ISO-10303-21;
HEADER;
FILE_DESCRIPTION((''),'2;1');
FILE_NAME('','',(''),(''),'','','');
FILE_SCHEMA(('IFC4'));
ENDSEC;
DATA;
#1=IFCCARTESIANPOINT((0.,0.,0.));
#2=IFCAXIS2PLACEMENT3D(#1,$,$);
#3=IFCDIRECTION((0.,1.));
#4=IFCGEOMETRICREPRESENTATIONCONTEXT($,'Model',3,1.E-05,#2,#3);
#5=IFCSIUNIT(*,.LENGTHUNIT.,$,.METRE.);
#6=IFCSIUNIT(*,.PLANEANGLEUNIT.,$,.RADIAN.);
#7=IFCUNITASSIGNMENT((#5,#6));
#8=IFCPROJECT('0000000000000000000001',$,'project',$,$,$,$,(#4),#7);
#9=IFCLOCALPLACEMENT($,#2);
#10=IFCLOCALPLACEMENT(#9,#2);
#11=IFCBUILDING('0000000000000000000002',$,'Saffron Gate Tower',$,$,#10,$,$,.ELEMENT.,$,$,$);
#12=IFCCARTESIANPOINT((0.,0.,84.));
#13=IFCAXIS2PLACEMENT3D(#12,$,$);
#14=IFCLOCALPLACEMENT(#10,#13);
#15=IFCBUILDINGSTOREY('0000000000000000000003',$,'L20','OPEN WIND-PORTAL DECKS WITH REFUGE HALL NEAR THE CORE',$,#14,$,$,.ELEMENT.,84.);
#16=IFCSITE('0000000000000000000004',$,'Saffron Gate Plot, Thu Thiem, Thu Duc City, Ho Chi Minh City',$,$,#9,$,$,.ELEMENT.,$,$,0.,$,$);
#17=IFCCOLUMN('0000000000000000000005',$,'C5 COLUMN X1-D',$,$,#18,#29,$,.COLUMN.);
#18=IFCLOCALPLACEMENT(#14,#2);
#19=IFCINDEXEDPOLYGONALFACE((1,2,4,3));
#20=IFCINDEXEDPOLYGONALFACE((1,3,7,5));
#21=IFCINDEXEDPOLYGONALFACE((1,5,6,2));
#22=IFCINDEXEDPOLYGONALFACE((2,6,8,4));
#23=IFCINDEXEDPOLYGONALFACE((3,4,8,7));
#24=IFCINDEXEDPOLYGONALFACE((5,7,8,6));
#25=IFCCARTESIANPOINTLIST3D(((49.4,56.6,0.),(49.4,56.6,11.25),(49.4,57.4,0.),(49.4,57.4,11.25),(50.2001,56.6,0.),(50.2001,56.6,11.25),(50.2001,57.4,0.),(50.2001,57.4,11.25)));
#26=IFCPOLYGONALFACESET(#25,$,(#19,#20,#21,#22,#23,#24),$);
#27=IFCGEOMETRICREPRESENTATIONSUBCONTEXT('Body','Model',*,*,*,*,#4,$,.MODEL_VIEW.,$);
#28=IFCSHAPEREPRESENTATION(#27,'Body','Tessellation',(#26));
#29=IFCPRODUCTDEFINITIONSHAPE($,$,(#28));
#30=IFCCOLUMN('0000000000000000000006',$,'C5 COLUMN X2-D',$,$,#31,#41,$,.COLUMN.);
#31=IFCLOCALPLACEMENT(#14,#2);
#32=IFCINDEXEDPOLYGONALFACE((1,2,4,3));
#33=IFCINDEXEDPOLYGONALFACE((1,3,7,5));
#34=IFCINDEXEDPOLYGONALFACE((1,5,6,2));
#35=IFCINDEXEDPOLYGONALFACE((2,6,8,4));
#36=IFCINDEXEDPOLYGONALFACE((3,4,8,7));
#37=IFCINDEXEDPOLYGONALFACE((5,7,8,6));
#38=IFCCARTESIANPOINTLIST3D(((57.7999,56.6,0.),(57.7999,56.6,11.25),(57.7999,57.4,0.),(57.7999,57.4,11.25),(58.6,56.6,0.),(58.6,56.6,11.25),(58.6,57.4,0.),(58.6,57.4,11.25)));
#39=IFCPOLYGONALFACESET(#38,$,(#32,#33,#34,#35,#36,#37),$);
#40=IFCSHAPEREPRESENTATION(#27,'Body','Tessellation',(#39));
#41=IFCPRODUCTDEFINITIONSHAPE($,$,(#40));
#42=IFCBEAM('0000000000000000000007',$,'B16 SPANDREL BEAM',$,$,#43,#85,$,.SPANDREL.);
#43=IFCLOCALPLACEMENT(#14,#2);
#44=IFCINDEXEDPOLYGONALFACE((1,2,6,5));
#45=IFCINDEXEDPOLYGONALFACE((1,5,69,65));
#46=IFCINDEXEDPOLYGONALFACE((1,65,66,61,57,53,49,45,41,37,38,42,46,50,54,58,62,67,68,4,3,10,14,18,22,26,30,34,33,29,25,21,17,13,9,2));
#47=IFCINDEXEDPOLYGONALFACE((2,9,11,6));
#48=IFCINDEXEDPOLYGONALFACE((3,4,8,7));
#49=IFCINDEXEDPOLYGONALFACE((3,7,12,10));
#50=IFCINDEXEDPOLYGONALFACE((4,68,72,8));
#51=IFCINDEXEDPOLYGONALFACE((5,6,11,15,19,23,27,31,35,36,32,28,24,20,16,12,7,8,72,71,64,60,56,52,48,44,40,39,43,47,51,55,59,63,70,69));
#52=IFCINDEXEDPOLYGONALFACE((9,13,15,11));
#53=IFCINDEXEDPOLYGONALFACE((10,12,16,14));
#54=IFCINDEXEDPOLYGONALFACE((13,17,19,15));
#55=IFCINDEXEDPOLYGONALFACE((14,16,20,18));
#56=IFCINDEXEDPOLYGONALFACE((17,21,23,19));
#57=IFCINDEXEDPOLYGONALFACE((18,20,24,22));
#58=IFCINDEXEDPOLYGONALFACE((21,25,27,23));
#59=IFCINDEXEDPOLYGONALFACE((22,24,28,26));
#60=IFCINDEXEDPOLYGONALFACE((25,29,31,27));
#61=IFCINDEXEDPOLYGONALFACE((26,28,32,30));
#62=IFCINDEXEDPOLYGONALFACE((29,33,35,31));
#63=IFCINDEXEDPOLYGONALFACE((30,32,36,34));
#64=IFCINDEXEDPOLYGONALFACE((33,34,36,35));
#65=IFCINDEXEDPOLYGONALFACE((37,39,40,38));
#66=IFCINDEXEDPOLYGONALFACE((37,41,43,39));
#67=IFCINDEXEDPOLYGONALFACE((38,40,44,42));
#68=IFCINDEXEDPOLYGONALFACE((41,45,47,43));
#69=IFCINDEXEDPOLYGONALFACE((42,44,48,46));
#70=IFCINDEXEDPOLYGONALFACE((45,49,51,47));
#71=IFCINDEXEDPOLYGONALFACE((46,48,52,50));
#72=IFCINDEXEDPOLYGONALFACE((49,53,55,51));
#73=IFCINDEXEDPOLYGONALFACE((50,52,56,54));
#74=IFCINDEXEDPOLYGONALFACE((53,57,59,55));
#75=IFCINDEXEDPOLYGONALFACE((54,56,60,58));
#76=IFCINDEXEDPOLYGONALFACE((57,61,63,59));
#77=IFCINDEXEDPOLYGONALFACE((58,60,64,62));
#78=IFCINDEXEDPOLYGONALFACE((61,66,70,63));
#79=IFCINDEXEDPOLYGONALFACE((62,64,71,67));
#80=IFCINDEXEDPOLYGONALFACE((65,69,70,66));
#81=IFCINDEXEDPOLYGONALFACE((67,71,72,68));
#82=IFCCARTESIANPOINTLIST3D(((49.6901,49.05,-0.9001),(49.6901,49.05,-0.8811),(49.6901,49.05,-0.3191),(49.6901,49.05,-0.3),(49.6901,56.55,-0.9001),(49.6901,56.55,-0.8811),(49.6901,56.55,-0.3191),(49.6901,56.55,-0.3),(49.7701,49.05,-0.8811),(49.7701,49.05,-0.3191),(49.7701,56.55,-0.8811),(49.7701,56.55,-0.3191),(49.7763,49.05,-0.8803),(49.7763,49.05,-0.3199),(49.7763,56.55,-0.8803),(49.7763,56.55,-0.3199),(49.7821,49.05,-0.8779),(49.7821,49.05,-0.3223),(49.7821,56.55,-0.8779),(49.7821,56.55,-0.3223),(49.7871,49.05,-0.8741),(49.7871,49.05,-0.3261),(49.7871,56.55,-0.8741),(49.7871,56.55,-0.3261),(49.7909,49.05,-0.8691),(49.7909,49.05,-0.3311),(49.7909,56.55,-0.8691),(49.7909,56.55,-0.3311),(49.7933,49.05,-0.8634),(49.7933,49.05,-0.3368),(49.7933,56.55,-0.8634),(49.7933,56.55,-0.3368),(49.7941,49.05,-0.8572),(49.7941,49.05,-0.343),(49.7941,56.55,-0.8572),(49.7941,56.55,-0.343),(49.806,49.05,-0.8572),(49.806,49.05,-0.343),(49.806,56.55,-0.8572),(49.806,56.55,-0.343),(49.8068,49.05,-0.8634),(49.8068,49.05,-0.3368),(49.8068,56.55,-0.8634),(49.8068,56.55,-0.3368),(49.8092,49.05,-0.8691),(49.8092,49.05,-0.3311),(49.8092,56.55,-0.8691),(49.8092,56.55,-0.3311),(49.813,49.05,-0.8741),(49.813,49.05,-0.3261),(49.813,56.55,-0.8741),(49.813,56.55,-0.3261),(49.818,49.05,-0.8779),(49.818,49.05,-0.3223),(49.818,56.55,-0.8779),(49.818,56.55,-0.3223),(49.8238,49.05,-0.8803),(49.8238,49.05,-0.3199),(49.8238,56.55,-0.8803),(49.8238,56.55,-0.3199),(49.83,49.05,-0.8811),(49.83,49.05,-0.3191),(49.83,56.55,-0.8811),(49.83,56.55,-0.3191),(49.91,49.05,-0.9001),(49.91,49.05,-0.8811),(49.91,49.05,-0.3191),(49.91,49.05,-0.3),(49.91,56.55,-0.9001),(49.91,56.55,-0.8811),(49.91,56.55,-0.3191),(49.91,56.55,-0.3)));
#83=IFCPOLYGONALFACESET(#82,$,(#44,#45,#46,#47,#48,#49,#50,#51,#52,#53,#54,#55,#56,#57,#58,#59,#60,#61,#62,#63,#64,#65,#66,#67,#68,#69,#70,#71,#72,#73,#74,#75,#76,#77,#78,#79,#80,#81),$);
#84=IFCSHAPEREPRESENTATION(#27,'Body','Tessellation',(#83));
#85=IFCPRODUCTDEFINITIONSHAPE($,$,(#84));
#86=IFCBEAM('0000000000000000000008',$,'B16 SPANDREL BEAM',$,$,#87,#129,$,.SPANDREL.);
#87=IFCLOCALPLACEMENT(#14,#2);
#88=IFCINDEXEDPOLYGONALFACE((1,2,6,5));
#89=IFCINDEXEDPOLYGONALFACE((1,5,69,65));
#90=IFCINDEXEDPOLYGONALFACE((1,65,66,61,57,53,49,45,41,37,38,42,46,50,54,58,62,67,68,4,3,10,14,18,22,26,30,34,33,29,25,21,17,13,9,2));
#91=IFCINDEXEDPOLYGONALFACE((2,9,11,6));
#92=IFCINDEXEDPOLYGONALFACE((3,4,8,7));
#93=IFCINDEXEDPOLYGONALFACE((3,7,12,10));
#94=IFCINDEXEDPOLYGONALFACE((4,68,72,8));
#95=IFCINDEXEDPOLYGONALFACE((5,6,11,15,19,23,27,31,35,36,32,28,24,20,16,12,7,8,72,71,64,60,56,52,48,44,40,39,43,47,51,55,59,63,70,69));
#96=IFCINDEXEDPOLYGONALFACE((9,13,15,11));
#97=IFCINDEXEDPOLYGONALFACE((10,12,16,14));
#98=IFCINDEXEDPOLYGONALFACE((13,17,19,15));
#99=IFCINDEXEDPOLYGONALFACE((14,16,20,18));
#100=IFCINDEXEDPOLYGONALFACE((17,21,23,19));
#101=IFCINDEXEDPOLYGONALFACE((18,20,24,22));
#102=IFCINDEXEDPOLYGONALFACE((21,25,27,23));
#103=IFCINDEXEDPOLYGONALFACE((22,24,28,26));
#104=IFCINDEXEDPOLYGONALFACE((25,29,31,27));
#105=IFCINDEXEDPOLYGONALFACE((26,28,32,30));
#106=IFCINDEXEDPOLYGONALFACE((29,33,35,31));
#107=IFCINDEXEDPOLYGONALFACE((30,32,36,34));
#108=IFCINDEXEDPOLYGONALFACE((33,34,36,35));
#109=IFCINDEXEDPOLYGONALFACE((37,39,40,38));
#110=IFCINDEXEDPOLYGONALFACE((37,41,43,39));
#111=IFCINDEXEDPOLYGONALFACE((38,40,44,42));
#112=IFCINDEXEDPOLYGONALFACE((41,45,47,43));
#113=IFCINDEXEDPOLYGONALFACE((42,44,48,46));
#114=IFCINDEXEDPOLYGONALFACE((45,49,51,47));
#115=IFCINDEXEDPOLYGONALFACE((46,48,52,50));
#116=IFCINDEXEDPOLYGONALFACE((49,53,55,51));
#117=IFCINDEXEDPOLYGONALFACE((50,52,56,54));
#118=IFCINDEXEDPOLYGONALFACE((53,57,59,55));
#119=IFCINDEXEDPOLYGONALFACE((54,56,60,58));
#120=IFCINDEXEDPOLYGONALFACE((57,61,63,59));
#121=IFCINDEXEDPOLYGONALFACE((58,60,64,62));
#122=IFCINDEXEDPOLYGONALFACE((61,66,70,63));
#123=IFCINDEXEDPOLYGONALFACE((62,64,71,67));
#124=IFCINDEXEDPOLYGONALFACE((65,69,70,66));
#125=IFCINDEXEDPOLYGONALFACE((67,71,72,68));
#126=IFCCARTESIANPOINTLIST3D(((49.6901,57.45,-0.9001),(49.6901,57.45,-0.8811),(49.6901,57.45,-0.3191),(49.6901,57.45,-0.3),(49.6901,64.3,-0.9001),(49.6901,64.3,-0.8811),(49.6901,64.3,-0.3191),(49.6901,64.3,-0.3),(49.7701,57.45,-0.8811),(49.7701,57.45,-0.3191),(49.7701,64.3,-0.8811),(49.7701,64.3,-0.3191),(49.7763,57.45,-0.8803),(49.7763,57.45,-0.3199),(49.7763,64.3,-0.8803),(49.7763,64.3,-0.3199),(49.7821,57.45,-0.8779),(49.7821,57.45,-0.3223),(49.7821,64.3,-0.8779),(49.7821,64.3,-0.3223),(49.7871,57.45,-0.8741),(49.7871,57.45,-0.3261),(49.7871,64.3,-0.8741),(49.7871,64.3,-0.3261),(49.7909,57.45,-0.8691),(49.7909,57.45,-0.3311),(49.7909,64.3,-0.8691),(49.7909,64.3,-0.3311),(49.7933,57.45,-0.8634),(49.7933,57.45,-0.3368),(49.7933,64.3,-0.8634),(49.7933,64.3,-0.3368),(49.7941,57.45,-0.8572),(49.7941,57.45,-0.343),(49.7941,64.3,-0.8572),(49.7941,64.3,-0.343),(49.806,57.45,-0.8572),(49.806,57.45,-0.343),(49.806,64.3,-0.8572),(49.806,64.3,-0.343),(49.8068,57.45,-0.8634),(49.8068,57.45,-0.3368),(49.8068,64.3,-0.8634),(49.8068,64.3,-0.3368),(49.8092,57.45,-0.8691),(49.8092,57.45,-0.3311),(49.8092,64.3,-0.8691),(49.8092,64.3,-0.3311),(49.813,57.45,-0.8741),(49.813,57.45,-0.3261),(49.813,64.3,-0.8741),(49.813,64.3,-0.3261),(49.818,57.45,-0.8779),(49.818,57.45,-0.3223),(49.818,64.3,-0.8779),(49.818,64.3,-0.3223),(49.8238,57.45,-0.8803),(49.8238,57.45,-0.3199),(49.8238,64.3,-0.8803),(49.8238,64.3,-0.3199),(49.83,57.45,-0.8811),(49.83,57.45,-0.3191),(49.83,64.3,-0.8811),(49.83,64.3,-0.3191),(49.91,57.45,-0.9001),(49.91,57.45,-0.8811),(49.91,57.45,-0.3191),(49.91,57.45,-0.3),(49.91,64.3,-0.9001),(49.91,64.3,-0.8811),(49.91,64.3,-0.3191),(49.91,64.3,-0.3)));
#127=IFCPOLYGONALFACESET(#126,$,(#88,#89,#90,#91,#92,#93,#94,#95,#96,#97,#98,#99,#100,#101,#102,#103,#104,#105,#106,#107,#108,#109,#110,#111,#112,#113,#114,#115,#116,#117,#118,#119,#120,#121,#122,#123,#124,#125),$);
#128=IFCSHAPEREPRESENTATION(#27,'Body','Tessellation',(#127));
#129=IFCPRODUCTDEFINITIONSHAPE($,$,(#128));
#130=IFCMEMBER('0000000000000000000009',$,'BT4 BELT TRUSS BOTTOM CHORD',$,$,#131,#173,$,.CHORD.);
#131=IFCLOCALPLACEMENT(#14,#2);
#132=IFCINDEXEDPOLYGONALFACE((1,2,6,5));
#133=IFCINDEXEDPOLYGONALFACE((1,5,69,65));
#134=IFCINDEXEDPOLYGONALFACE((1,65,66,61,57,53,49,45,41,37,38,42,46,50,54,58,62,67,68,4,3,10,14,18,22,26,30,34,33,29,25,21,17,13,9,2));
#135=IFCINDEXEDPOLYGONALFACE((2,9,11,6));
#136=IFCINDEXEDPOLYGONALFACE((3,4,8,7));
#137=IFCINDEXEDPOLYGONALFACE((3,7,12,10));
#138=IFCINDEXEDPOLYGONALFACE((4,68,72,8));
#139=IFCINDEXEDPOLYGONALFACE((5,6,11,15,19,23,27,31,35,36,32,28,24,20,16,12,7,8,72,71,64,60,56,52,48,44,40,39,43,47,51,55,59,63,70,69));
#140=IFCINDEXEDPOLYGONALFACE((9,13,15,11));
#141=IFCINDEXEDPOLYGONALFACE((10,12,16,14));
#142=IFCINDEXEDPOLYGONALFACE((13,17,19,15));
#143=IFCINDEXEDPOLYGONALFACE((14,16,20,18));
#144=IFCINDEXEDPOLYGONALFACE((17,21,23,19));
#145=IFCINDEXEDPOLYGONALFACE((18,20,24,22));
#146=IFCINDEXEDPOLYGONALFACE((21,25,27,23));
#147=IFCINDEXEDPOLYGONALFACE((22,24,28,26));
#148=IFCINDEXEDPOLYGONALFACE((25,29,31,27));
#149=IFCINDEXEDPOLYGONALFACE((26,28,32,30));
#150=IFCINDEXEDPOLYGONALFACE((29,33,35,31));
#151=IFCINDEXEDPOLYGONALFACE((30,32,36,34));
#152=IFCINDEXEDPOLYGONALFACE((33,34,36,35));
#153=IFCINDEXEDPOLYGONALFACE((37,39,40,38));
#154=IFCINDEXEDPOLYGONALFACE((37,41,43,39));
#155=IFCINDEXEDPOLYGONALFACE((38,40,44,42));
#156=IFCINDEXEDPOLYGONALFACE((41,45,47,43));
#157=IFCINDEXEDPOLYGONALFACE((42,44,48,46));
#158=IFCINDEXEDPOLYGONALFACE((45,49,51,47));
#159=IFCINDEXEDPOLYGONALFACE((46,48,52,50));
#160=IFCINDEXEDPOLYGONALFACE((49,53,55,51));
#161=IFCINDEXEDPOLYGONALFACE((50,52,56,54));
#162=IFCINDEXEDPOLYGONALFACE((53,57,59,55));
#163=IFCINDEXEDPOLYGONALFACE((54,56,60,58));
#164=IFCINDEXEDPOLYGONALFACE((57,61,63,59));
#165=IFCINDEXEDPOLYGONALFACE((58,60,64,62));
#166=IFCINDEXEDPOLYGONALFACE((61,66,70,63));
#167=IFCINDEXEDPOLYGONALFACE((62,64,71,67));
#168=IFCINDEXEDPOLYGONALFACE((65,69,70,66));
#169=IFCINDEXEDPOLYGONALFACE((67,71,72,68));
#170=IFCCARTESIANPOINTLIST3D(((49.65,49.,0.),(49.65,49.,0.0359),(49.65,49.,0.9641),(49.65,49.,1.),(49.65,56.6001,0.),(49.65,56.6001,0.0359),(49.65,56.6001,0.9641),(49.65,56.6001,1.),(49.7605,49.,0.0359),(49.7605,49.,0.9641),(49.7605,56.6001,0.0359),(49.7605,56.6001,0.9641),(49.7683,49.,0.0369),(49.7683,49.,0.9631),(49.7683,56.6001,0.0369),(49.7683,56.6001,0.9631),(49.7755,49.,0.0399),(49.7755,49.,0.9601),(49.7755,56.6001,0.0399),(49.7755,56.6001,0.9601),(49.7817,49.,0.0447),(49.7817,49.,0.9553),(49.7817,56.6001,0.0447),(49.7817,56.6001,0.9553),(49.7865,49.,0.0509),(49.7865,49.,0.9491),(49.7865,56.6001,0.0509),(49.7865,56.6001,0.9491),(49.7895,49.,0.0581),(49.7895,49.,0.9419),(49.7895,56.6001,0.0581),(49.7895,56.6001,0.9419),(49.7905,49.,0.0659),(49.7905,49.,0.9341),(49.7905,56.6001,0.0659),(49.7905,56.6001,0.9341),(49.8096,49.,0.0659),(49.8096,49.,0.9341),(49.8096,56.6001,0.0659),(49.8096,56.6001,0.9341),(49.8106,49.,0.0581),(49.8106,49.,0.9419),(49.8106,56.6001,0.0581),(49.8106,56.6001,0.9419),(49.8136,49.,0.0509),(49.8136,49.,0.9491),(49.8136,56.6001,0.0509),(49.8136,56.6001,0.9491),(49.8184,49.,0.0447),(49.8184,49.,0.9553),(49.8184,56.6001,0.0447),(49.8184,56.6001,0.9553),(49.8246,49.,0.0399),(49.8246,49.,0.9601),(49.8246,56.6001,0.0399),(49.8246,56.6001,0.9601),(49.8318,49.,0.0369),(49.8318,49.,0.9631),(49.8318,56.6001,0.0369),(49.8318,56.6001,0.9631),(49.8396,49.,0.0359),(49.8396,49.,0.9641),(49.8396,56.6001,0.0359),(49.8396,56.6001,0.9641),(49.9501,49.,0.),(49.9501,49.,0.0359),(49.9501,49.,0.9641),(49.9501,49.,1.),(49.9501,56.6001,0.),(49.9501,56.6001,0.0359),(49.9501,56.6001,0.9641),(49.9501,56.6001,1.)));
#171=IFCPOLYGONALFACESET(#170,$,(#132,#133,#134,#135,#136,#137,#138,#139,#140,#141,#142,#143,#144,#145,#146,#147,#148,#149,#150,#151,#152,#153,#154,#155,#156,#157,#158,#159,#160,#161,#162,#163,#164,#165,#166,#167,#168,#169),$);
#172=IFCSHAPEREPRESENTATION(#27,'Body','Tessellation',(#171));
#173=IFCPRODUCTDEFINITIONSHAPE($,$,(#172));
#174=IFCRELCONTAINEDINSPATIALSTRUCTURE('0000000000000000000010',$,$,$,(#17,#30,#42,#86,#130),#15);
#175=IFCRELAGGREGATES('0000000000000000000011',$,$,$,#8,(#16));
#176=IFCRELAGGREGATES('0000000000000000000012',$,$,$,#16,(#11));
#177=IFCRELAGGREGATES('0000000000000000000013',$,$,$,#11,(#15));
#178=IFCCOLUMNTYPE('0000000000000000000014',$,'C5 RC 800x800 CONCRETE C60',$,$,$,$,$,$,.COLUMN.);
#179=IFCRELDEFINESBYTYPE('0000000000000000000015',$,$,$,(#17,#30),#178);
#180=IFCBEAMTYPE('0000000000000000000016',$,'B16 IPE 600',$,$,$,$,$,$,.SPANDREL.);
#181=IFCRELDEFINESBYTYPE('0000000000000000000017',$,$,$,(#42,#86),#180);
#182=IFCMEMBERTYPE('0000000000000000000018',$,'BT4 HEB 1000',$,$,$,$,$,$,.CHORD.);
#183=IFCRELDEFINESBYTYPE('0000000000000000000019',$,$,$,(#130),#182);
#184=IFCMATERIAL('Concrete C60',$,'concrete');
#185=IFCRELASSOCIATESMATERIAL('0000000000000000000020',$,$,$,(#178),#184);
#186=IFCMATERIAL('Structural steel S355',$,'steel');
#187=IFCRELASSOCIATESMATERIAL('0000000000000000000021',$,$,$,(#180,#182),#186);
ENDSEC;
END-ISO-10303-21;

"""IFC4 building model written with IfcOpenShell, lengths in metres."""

from ifc_helpers import new_model, si_unit, direction, frame, origin, origin_2d, place, context, subcontext, project, spatial, rectangle, i_section, extrude, material, material_profile, profile_set, type_object, element, save


model = new_model("IFC4")

# Units and contexts
model_context = context("Model", 3, precision=1e-05, world=origin(), true_north=direction((0.0, 1.0)))
body_context = subcontext(model_context, "Body", "Model", "MODEL_VIEW")
ifc_project = project(units=[si_unit("LENGTHUNIT", "METRE"), si_unit("PLANEANGLEUNIT", "RADIAN")], contexts=[model_context])

# Site, building, storey
site_placement = place(None, origin())
site = spatial("IfcSite", under=ifc_project, at=site_placement, Name="Saffron Gate Plot, Thu Thiem, Thu Duc City, Ho Chi Minh City", CompositionType="ELEMENT", RefElevation=0.0)
building_placement = place(site_placement, origin())
building = spatial("IfcBuilding", under=site, at=building_placement, Name="Saffron Gate Tower", CompositionType="ELEMENT")
storey_placement = place(building_placement, frame((0.0, 0.0, 84.0)))
storey = spatial("IfcBuildingStorey", under=building, at=storey_placement, Name="L20", Description="OPEN WIND-PORTAL DECKS WITH REFUGE HALL NEAR THE CORE", CompositionType="ELEMENT", Elevation=84.0)

# Columns
ifc_material_1 = material(Name="Concrete C60", Category="concrete")
ifc_material_profile_1 = material_profile(ifc_material_1, rectangle(XDim=0.8, YDim=0.8, at=origin_2d()))
ifc_profile_set_1 = profile_set([ifc_material_profile_1], Name="Concrete C60")
column_type = type_object("IfcColumnType", Name="C5 RC 800x800 CONCRETE C60", PredefinedType="COLUMN", material=ifc_profile_set_1)
for number, where, z_axis, x_axis, name in (
    (1, (49.8, 57.0, 0.0), (0.0, 0.0, 1.0), (1.0, 0.0, 0.0), "C5 COLUMN X1-D"),
    (2, (58.2, 57.0, 0.0), (0.0, 0.0, 1.0), (1.0, 0.0, 0.0), "C5 COLUMN X2-D"),
):
    element("IfcColumn", number, at=place(storey_placement, frame(where, z_axis=z_axis, x_axis=x_axis)), inside=storey, type_object=column_type, Name=name, PredefinedType="COLUMN", context=body_context, shape_type="SweptSolid", body=[
        extrude(rectangle(XDim=0.8, YDim=0.8, at=origin_2d()), origin(), (0.0, 0.0, 1.0), 11.25),
    ])

# Beams
ifc_material_2 = material(Name="Structural steel S355", Category="steel")
ifc_material_profile_2 = material_profile(ifc_material_2, i_section(OverallWidth=0.22, OverallDepth=0.6001, WebThickness=0.012, FlangeThickness=0.019, FilletRadius=0.0239, at=origin_2d()))
ifc_profile_set_2 = profile_set([ifc_material_profile_2], Name="Structural steel S355")
beam_type = type_object("IfcBeamType", Name="B16 IPE 600", PredefinedType="SPANDREL", material=ifc_profile_set_2)
beam_1_placement = place(storey_placement, frame((49.8, 49.05, -0.6001), z_axis=(0.0, 1.0, 0.0), x_axis=(-1.0, 0.0, 0.0)))
element("IfcBeam", 3, at=beam_1_placement, inside=storey, type_object=beam_type, Name="B16 SPANDREL BEAM", PredefinedType="SPANDREL", context=body_context, shape_type="SweptSolid", body=[
    extrude(i_section(OverallWidth=0.22, OverallDepth=0.6001, WebThickness=0.012, FlangeThickness=0.019, FilletRadius=0.0239, at=origin_2d()), origin(), (0.0, 0.0, 1.0), 7.5),
])
beam_2_placement = place(storey_placement, frame((49.8, 57.45, -0.6001), z_axis=(0.0, 1.0, 0.0), x_axis=(-1.0, 0.0, 0.0)))
element("IfcBeam", 4, at=beam_2_placement, inside=storey, type_object=beam_type, Name="B16 SPANDREL BEAM", PredefinedType="SPANDREL", context=body_context, shape_type="SweptSolid", body=[
    extrude(i_section(OverallWidth=0.22, OverallDepth=0.6001, WebThickness=0.012, FlangeThickness=0.019, FilletRadius=0.0239, at=origin_2d()), origin(), (0.0, 0.0, 1.0), 6.8501),
])

# Member
ifc_material_profile_3 = material_profile(ifc_material_2, i_section(OverallWidth=0.3, OverallDepth=1.0, WebThickness=0.019, FlangeThickness=0.0359, FilletRadius=0.03, at=origin_2d()))
ifc_profile_set_3 = profile_set([ifc_material_profile_3], Name="Structural steel S355")
member_type_1 = type_object("IfcMemberType", Name="BT4 HEB 1000", PredefinedType="CHORD", material=ifc_profile_set_3)
member_1_placement = place(storey_placement, frame((49.8, 49.0, 0.5), z_axis=(0.0, 1.0, 0.0), x_axis=(-1.0, 0.0, 0.0)))
element("IfcMember", 5, at=member_1_placement, inside=storey, type_object=member_type_1, Name="BT4 BELT TRUSS BOTTOM CHORD", PredefinedType="CHORD", context=body_context, shape_type="SweptSolid", body=[
    extrude(i_section(OverallWidth=0.3, OverallDepth=1.0, WebThickness=0.019, FlangeThickness=0.0359, FilletRadius=0.03, at=origin_2d()), origin(), (0.0, 0.0, 1.0), 7.6001),
])

save(model, "model.ifc")
